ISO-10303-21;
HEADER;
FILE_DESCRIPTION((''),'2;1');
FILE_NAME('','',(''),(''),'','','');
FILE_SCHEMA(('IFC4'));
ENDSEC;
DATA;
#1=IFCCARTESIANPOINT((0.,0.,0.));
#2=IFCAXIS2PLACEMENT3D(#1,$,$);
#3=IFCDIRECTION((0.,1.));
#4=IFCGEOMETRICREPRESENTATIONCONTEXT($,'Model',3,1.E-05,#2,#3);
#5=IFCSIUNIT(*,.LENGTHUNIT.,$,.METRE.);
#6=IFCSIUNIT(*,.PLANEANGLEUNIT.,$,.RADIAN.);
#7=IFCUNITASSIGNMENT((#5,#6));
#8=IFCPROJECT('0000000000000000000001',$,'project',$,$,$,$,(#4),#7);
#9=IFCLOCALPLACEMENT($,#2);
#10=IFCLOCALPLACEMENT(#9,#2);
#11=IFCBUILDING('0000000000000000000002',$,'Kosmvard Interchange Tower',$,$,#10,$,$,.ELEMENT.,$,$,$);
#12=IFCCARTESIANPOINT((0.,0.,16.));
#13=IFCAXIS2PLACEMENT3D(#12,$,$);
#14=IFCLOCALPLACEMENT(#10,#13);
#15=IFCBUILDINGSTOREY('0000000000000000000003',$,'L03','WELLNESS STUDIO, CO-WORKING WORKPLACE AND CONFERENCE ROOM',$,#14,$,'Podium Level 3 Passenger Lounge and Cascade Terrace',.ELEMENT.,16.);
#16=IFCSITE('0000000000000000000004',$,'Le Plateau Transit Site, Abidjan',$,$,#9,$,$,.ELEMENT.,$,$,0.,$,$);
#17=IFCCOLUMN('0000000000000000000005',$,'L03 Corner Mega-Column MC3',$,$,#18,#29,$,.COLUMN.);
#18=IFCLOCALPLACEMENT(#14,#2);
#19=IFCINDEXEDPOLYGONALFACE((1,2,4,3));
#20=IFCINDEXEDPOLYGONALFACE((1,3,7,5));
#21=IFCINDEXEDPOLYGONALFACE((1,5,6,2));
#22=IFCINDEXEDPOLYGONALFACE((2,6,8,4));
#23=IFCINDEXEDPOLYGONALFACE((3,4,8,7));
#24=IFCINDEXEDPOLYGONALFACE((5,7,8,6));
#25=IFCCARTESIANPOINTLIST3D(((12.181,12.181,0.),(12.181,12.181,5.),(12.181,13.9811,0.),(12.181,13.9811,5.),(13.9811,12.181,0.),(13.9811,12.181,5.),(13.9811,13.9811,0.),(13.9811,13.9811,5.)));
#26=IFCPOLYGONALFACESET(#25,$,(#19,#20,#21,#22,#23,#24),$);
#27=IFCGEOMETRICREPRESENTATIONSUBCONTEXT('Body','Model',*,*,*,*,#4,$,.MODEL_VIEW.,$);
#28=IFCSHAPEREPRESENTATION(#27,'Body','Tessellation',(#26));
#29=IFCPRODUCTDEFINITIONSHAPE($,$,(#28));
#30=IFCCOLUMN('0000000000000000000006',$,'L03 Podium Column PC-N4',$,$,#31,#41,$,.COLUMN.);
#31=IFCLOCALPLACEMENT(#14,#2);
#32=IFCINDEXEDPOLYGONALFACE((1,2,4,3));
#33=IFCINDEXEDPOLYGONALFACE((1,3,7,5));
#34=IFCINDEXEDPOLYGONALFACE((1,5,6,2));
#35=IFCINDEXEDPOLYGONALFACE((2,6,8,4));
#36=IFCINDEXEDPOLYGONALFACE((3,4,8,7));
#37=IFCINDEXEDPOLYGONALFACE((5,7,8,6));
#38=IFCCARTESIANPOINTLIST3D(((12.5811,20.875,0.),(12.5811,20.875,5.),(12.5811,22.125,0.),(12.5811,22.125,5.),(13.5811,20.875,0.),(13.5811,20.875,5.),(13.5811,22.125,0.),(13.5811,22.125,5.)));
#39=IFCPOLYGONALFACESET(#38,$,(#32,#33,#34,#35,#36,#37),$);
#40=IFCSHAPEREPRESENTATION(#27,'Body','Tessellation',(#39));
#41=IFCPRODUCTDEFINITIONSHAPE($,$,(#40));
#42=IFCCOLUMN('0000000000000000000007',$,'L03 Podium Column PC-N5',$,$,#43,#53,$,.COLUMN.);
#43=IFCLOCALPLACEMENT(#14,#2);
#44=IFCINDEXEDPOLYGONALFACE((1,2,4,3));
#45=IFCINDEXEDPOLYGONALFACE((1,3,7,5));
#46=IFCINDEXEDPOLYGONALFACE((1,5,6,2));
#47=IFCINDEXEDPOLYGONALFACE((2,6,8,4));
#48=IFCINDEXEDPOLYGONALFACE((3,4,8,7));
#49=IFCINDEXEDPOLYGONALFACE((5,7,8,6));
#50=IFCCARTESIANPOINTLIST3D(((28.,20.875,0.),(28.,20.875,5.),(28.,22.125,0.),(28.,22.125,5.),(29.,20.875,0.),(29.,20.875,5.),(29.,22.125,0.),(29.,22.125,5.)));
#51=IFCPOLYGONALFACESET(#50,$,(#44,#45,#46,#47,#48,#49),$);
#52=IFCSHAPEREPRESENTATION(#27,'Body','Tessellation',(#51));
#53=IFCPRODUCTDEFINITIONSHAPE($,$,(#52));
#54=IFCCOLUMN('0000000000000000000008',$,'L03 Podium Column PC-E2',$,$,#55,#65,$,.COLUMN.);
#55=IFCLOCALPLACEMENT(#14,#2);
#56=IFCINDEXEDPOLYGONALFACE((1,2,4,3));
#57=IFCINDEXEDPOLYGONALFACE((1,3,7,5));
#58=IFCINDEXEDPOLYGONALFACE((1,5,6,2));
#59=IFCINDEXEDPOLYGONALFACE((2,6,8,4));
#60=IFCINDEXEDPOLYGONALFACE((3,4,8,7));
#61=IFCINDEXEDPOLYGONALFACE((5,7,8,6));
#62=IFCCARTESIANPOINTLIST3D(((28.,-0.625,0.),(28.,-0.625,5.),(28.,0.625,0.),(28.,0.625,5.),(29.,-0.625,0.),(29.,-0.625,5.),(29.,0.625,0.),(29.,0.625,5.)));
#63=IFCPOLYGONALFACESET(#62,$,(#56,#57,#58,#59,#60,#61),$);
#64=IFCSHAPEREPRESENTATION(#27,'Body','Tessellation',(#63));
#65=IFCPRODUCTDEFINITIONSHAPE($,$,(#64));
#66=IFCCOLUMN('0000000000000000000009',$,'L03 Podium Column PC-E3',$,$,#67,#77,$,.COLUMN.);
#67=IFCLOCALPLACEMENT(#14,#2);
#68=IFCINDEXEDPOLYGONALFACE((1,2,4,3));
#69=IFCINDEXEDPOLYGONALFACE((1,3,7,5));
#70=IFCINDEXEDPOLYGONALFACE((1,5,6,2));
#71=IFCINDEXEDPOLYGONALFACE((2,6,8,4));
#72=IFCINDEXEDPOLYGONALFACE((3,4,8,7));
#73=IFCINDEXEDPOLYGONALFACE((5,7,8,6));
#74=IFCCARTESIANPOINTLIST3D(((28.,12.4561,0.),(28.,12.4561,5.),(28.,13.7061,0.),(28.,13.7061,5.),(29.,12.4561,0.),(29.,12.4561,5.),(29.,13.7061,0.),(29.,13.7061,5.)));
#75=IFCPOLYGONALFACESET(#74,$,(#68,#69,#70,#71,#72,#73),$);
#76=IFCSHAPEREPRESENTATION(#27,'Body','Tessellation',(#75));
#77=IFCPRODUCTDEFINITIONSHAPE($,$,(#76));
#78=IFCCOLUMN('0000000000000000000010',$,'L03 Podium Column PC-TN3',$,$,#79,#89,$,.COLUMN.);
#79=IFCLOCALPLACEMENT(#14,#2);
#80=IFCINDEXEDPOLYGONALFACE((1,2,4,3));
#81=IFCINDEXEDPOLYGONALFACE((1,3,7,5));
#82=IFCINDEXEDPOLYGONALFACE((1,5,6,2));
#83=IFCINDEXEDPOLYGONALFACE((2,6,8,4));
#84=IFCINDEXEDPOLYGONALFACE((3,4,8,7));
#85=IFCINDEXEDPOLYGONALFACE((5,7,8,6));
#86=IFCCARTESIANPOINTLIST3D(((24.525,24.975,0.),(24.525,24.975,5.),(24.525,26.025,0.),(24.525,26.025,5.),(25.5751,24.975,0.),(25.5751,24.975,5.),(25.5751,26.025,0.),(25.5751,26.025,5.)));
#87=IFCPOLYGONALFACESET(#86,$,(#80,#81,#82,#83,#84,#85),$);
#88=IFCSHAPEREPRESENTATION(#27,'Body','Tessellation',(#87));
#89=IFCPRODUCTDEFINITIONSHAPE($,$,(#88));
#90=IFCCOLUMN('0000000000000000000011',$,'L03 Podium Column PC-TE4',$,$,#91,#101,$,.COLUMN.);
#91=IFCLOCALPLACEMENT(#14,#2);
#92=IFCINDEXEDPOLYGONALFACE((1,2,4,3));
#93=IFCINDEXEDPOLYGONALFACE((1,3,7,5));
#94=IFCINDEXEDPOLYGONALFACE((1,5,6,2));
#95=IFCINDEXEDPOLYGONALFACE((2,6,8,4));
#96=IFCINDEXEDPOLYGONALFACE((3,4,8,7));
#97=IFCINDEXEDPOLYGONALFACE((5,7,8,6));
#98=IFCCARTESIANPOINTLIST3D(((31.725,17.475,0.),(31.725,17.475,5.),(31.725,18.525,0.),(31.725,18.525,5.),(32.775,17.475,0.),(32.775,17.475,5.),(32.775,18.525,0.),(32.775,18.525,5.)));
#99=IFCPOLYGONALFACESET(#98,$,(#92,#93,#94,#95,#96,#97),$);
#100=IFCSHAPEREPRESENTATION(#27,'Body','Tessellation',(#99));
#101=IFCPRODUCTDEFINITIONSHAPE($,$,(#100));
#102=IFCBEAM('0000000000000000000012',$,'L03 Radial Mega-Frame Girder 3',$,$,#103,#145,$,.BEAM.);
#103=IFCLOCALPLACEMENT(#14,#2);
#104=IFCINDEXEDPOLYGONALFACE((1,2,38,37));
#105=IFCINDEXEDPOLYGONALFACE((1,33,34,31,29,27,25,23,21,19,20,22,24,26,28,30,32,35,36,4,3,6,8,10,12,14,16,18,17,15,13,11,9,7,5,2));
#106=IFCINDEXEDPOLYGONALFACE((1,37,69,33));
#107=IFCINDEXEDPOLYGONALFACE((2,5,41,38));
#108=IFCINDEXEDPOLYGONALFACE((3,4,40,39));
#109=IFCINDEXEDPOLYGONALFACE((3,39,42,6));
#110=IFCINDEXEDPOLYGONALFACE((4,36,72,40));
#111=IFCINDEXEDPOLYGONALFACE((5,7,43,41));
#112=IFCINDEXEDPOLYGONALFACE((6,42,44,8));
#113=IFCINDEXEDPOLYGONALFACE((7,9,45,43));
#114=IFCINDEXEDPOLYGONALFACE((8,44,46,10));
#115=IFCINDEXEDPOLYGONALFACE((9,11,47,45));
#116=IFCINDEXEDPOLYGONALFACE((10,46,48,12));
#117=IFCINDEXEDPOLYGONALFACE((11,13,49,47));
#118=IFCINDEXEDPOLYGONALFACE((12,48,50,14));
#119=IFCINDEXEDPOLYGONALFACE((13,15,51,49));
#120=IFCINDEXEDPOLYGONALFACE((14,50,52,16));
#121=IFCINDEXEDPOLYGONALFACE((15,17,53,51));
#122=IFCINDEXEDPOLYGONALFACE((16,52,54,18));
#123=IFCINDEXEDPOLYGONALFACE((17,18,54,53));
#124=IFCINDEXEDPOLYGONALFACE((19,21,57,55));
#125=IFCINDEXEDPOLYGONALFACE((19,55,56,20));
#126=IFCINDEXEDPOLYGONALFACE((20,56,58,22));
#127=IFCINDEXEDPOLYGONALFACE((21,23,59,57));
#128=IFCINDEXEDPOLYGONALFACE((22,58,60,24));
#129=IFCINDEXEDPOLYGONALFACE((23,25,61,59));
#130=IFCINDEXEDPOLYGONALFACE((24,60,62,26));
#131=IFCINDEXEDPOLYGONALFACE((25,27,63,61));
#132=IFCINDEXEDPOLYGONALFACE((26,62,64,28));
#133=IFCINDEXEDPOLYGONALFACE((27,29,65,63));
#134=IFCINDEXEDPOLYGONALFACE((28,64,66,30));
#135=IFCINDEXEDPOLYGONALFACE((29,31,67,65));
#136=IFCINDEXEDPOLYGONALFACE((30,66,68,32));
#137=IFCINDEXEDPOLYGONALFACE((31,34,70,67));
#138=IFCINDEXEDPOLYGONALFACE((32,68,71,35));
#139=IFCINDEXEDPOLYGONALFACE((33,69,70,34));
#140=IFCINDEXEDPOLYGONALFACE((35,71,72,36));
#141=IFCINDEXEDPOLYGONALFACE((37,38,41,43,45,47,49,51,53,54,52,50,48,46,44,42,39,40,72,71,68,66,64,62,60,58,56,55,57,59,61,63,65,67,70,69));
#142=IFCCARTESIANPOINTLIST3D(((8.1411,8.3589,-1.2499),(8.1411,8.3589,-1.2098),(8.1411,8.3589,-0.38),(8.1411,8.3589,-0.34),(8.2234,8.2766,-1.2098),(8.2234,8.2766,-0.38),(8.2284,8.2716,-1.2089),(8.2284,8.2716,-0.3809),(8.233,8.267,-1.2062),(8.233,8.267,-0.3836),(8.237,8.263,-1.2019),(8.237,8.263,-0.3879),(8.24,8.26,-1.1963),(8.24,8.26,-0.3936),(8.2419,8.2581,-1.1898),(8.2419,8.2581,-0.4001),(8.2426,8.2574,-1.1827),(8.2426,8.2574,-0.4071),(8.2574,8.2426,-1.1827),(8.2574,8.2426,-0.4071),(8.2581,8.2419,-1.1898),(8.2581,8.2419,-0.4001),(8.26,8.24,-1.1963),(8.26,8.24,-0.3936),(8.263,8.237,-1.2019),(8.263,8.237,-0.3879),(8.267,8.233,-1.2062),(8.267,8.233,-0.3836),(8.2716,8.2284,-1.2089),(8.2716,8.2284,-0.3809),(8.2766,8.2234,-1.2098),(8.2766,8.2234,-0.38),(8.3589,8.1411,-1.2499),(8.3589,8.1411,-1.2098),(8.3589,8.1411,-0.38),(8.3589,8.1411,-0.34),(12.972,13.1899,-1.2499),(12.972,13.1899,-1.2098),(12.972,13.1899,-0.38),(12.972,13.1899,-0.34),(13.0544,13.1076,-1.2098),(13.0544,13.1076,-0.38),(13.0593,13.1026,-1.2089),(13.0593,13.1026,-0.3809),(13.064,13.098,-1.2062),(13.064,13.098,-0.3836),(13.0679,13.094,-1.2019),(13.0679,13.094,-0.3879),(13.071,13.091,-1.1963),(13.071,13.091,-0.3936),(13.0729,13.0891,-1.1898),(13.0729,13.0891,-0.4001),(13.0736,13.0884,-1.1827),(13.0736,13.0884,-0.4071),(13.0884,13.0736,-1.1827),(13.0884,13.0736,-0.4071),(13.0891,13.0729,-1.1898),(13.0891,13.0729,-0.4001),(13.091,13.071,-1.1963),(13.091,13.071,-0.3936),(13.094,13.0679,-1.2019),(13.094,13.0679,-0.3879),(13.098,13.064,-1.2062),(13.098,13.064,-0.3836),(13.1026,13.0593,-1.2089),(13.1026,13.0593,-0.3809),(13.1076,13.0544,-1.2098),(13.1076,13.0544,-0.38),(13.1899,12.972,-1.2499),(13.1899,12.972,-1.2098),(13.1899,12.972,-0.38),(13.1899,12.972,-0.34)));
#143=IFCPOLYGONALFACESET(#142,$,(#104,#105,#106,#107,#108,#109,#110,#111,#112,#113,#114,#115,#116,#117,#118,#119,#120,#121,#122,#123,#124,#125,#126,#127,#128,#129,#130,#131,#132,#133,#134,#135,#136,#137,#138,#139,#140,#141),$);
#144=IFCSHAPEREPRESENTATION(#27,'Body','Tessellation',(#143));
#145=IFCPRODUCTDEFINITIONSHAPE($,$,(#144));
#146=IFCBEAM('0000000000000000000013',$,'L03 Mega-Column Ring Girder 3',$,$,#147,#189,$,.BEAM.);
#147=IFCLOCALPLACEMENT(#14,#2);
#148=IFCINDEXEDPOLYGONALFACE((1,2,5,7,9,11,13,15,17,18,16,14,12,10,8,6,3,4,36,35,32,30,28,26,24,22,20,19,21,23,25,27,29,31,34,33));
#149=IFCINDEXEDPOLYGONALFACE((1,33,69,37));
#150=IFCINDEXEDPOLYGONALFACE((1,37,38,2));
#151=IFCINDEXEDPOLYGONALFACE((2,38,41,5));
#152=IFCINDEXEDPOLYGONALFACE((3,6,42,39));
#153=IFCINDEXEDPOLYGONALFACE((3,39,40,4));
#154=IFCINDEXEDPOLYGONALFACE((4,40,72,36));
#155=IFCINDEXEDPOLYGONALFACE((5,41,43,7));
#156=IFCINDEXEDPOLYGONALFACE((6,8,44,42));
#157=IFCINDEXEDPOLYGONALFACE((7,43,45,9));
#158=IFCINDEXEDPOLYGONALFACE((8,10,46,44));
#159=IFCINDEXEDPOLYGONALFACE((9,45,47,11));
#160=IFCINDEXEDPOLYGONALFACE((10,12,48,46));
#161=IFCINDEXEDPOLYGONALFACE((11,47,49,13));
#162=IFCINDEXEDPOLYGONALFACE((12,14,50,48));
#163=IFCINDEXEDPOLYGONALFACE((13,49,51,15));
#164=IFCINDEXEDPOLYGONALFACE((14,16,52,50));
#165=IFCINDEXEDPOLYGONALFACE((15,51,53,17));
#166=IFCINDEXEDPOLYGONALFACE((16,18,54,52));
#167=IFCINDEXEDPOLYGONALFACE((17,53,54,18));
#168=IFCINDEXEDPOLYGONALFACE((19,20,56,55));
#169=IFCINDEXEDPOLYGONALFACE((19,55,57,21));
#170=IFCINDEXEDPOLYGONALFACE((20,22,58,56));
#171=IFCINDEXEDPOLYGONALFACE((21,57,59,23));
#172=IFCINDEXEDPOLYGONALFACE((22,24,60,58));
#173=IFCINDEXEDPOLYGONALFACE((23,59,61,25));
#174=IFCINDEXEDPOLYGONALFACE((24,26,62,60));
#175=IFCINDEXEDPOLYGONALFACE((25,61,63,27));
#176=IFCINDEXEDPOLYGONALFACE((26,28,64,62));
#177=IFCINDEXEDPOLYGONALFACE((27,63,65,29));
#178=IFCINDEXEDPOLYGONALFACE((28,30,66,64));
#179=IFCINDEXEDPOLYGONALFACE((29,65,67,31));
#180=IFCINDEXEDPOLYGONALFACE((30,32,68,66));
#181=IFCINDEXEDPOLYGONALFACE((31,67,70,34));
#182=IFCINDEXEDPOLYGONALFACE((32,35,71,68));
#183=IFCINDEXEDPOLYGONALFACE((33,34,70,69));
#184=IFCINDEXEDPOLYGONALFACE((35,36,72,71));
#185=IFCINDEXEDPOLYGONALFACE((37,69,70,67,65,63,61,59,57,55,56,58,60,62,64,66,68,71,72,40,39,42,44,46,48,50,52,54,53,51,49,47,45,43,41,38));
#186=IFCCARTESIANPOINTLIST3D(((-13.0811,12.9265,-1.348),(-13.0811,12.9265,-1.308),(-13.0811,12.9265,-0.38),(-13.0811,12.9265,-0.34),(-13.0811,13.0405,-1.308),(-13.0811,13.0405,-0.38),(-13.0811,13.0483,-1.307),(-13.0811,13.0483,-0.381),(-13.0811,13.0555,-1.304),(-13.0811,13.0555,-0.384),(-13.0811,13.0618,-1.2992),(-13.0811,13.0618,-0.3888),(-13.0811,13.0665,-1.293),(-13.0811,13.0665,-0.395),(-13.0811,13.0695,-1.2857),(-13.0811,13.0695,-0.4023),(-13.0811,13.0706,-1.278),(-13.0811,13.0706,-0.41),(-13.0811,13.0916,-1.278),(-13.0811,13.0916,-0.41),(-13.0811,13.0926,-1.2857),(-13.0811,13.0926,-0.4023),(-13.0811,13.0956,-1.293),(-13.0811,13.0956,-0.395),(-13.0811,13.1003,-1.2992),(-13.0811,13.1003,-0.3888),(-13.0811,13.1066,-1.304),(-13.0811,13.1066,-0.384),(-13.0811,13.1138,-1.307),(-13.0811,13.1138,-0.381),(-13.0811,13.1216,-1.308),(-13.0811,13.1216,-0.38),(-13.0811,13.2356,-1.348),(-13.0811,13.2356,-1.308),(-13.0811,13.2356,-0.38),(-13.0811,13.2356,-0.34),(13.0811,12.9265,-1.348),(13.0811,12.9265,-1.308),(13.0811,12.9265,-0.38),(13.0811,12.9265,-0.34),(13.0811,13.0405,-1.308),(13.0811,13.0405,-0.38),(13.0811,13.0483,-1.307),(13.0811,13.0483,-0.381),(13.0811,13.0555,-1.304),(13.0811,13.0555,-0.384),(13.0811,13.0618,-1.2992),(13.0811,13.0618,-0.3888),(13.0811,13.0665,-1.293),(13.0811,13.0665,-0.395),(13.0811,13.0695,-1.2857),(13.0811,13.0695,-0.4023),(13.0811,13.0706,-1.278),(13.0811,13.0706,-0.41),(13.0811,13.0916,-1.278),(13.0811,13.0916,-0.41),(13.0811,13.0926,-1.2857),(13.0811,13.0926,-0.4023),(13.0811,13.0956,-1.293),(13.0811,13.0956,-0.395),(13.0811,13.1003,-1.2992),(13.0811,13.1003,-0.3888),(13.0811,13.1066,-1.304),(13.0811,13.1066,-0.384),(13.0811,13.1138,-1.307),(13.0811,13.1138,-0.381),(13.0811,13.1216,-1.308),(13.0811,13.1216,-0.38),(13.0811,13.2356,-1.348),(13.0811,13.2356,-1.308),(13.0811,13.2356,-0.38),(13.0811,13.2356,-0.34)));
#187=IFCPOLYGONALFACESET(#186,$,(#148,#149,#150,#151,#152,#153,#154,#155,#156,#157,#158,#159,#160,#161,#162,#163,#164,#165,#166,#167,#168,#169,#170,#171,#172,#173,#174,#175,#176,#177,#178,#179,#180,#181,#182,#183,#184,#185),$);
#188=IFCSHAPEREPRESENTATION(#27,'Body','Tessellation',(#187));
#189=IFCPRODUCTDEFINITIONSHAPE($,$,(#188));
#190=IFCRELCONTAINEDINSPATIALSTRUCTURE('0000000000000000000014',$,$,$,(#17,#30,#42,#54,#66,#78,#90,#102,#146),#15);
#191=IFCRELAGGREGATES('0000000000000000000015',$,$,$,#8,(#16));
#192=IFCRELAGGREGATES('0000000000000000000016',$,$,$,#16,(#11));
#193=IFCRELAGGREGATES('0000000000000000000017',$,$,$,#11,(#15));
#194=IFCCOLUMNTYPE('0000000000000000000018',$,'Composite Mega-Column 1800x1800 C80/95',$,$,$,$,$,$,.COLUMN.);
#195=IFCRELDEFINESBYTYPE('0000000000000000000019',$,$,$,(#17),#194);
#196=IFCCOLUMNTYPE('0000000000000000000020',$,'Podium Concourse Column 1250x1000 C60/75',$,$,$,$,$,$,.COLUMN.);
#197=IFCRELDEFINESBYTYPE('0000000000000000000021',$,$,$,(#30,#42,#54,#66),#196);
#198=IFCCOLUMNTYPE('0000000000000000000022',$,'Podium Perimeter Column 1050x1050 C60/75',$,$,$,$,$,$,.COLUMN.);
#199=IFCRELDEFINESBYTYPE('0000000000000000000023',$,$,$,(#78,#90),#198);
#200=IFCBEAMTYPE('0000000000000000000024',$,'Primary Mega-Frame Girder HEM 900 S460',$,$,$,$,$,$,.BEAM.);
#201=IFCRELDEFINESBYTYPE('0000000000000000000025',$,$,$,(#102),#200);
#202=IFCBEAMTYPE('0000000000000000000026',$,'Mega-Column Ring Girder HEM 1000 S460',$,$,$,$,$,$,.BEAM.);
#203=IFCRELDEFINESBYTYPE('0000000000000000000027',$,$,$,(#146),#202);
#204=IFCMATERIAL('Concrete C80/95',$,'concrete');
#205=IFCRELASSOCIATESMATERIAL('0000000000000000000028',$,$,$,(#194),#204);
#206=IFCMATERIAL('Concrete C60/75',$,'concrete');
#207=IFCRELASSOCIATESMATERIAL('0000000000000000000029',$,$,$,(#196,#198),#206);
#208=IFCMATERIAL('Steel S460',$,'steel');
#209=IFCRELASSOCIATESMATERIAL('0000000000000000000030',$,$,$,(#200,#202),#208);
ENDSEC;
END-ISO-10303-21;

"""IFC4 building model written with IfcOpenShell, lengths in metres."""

from ifc_helpers import new_model, si_unit, direction, frame, origin, origin_2d, place, context, subcontext, project, spatial, rectangle, i_section, extrude, source, transform, mapped, material, material_profile, profile_set, type_object, element, save


model = new_model("IFC4")

# Units and contexts
model_context = context("Model", 3, precision=1e-05, world=origin(), true_north=direction((0.0, 1.0)))
body_context = subcontext(model_context, "Body", "Model", "MODEL_VIEW")
ifc_project = project(units=[si_unit("LENGTHUNIT", "METRE"), si_unit("PLANEANGLEUNIT", "RADIAN")], contexts=[model_context])

# Site, building, storey
site_placement = place(None, origin())
site = spatial("IfcSite", under=ifc_project, at=site_placement, Name="Le Plateau Transit Site, Abidjan", CompositionType="ELEMENT", RefElevation=0.0)
building_placement = place(site_placement, origin())
building = spatial("IfcBuilding", under=site, at=building_placement, Name="Kosmvard Interchange Tower", CompositionType="ELEMENT")
storey_placement = place(building_placement, frame((0.0, 0.0, 16.0)))
storey = spatial("IfcBuildingStorey", under=building, at=storey_placement, Name="L03", Description="WELLNESS STUDIO, CO-WORKING WORKPLACE AND CONFERENCE ROOM", LongName="Podium Level 3 Passenger Lounge and Cascade Terrace", CompositionType="ELEMENT", Elevation=16.0)

# Columns
ifc_material_1 = material(Name="Concrete C80/95", Category="concrete")
ifc_material_profile_1 = material_profile(ifc_material_1, rectangle(XDim=1.8, YDim=1.8, at=origin_2d()), Name="MC 1800x1800")
ifc_profile_set_1 = profile_set([ifc_material_profile_1], Name="Concrete C80/95")
column_type_1 = type_object("IfcColumnType", Name="Composite Mega-Column 1800x1800 C80/95", PredefinedType="COLUMN", material=ifc_profile_set_1)
shared_shape_1 = source(origin(), body_context, "Body", "SweptSolid", [
    extrude(rectangle(XDim=1.8, YDim=1.8, at=origin_2d()), origin(), (0.0, 0.0, 1.0), 5.0),
])
column_placement = place(storey_placement, frame((13.0811, 13.0811, 0.0), z_axis=(0.0, 0.0, 1.0), x_axis=(1.0, 0.0, 0.0)))
element("IfcColumn", 1, at=column_placement, inside=storey, type_object=column_type_1, Name="L03 Corner Mega-Column MC3", PredefinedType="COLUMN", context=body_context, shape_type="MappedRepresentation", body=[
    mapped(shared_shape_1, transform((0.0, 0.0, 0.0), scale=1.0)),
])
ifc_material_2 = material(Name="Concrete C60/75", Category="concrete")
ifc_material_profile_2 = material_profile(ifc_material_2, rectangle(XDim=1.0, YDim=1.25, at=origin_2d()), Name="PC 1250x1000")
ifc_profile_set_2 = profile_set([ifc_material_profile_2], Name="Concrete C60/75")
column_type_2 = type_object("IfcColumnType", Name="Podium Concourse Column 1250x1000 C60/75", PredefinedType="COLUMN", material=ifc_profile_set_2)
shared_shape_2 = source(origin(), body_context, "Body", "SweptSolid", [
    extrude(rectangle(XDim=1.0, YDim=1.25, at=origin_2d()), origin(), (0.0, 0.0, 1.0), 5.0),
])
for number, where, z_axis, x_axis, name in (
    (2, (13.0811, 21.5, 0.0), (0.0, 0.0, 1.0), (1.0, 0.0, 0.0), "L03 Podium Column PC-N4"),
    (3, (28.5, 21.5, 0.0), (0.0, 0.0, 1.0), (1.0, 0.0, 0.0), "L03 Podium Column PC-N5"),
    (4, (28.5, 0.0, 0.0), (0.0, 0.0, 1.0), (1.0, 0.0, 0.0), "L03 Podium Column PC-E2"),
    (5, (28.5, 13.0811, 0.0), (0.0, 0.0, 1.0), (1.0, 0.0, 0.0), "L03 Podium Column PC-E3"),
):
    element("IfcColumn", number, at=place(storey_placement, frame(where, z_axis=z_axis, x_axis=x_axis)), inside=storey, type_object=column_type_2, Name=name, PredefinedType="COLUMN", context=body_context, shape_type="MappedRepresentation", body=[
        mapped(shared_shape_2, transform((0.0, 0.0, 0.0), scale=1.0)),
    ])
ifc_material_profile_3 = material_profile(ifc_material_2, rectangle(XDim=1.05, YDim=1.05, at=origin_2d()), Name="PC 1050x1050")
ifc_profile_set_3 = profile_set([ifc_material_profile_3], Name="Concrete C60/75")
column_type_3 = type_object("IfcColumnType", Name="Podium Perimeter Column 1050x1050 C60/75", PredefinedType="COLUMN", material=ifc_profile_set_3)
shared_shape_3 = source(origin(), body_context, "Body", "SweptSolid", [
    extrude(rectangle(XDim=1.05, YDim=1.05, at=origin_2d()), origin(), (0.0, 0.0, 1.0), 5.0),
])
for number, where, z_axis, x_axis, name in (
    (6, (25.05, 25.5, 0.0), (0.0, 0.0, 1.0), (1.0, 0.0, 0.0), "L03 Podium Column PC-TN3"),
    (7, (32.25, 18.0, 0.0), (0.0, 0.0, 1.0), (1.0, 0.0, 0.0), "L03 Podium Column PC-TE4"),
):
    element("IfcColumn", number, at=place(storey_placement, frame(where, z_axis=z_axis, x_axis=x_axis)), inside=storey, type_object=column_type_3, Name=name, PredefinedType="COLUMN", context=body_context, shape_type="MappedRepresentation", body=[
        mapped(shared_shape_3, transform((0.0, 0.0, 0.0), scale=1.0)),
    ])

# Beams
ifc_material_3 = material(Name="Steel S460", Category="steel")
ifc_material_profile_4 = material_profile(ifc_material_3, i_section(OverallWidth=0.3081, OverallDepth=0.9099, WebThickness=0.021, FlangeThickness=0.04, FilletRadius=0.0271, at=origin_2d()), Name="HEM 900")
ifc_profile_set_4 = profile_set([ifc_material_profile_4], Name="Steel S460")
beam_type_1 = type_object("IfcBeamType", Name="Primary Mega-Frame Girder HEM 900 S460", PredefinedType="BEAM", material=ifc_profile_set_4)
shared_shape_4 = source(origin(), body_context, "Body", "SweptSolid", [
    extrude(i_section(OverallWidth=0.3081, OverallDepth=0.9099, WebThickness=0.021, FlangeThickness=0.04, FilletRadius=0.0271, at=origin_2d()), origin(), (0.0, 0.0, 1.0), 6.832),
])
beam_1_placement = place(storey_placement, frame((8.25, 8.25, -0.7949), z_axis=(0.707107, 0.707107, 0.0), x_axis=(-0.707107, 0.707107, 0.0)))
element("IfcBeam", 8, at=beam_1_placement, inside=storey, type_object=beam_type_1, Name="L03 Radial Mega-Frame Girder 3", PredefinedType="BEAM", context=body_context, shape_type="MappedRepresentation", body=[
    mapped(shared_shape_4, transform((0.0, 0.0, 0.0), scale=1.0)),
])
ifc_material_profile_5 = material_profile(ifc_material_3, i_section(OverallWidth=0.3091, OverallDepth=1.0081, WebThickness=0.021, FlangeThickness=0.04, FilletRadius=0.03, at=origin_2d()), Name="HEM 1000")
ifc_profile_set_5 = profile_set([ifc_material_profile_5], Name="Steel S460")
beam_type_2 = type_object("IfcBeamType", Name="Mega-Column Ring Girder HEM 1000 S460", PredefinedType="BEAM", material=ifc_profile_set_5)
shared_shape_5 = source(origin(), body_context, "Body", "SweptSolid", [
    extrude(i_section(OverallWidth=0.3091, OverallDepth=1.0081, WebThickness=0.021, FlangeThickness=0.04, FilletRadius=0.03, at=origin_2d()), origin(), (0.0, 0.0, 1.0), 26.1621),
])
beam_2_placement = place(storey_placement, frame((13.0811, 13.0811, -0.844), z_axis=(-1.0, 0.0, 0.0), x_axis=(0.0, -1.0, 0.0)))
element("IfcBeam", 9, at=beam_2_placement, inside=storey, type_object=beam_type_2, Name="L03 Mega-Column Ring Girder 3", PredefinedType="BEAM", context=body_context, shape_type="MappedRepresentation", body=[
    mapped(shared_shape_5, transform((0.0, 0.0, 0.0), scale=1.0)),
])

save(model, "model.ifc")
